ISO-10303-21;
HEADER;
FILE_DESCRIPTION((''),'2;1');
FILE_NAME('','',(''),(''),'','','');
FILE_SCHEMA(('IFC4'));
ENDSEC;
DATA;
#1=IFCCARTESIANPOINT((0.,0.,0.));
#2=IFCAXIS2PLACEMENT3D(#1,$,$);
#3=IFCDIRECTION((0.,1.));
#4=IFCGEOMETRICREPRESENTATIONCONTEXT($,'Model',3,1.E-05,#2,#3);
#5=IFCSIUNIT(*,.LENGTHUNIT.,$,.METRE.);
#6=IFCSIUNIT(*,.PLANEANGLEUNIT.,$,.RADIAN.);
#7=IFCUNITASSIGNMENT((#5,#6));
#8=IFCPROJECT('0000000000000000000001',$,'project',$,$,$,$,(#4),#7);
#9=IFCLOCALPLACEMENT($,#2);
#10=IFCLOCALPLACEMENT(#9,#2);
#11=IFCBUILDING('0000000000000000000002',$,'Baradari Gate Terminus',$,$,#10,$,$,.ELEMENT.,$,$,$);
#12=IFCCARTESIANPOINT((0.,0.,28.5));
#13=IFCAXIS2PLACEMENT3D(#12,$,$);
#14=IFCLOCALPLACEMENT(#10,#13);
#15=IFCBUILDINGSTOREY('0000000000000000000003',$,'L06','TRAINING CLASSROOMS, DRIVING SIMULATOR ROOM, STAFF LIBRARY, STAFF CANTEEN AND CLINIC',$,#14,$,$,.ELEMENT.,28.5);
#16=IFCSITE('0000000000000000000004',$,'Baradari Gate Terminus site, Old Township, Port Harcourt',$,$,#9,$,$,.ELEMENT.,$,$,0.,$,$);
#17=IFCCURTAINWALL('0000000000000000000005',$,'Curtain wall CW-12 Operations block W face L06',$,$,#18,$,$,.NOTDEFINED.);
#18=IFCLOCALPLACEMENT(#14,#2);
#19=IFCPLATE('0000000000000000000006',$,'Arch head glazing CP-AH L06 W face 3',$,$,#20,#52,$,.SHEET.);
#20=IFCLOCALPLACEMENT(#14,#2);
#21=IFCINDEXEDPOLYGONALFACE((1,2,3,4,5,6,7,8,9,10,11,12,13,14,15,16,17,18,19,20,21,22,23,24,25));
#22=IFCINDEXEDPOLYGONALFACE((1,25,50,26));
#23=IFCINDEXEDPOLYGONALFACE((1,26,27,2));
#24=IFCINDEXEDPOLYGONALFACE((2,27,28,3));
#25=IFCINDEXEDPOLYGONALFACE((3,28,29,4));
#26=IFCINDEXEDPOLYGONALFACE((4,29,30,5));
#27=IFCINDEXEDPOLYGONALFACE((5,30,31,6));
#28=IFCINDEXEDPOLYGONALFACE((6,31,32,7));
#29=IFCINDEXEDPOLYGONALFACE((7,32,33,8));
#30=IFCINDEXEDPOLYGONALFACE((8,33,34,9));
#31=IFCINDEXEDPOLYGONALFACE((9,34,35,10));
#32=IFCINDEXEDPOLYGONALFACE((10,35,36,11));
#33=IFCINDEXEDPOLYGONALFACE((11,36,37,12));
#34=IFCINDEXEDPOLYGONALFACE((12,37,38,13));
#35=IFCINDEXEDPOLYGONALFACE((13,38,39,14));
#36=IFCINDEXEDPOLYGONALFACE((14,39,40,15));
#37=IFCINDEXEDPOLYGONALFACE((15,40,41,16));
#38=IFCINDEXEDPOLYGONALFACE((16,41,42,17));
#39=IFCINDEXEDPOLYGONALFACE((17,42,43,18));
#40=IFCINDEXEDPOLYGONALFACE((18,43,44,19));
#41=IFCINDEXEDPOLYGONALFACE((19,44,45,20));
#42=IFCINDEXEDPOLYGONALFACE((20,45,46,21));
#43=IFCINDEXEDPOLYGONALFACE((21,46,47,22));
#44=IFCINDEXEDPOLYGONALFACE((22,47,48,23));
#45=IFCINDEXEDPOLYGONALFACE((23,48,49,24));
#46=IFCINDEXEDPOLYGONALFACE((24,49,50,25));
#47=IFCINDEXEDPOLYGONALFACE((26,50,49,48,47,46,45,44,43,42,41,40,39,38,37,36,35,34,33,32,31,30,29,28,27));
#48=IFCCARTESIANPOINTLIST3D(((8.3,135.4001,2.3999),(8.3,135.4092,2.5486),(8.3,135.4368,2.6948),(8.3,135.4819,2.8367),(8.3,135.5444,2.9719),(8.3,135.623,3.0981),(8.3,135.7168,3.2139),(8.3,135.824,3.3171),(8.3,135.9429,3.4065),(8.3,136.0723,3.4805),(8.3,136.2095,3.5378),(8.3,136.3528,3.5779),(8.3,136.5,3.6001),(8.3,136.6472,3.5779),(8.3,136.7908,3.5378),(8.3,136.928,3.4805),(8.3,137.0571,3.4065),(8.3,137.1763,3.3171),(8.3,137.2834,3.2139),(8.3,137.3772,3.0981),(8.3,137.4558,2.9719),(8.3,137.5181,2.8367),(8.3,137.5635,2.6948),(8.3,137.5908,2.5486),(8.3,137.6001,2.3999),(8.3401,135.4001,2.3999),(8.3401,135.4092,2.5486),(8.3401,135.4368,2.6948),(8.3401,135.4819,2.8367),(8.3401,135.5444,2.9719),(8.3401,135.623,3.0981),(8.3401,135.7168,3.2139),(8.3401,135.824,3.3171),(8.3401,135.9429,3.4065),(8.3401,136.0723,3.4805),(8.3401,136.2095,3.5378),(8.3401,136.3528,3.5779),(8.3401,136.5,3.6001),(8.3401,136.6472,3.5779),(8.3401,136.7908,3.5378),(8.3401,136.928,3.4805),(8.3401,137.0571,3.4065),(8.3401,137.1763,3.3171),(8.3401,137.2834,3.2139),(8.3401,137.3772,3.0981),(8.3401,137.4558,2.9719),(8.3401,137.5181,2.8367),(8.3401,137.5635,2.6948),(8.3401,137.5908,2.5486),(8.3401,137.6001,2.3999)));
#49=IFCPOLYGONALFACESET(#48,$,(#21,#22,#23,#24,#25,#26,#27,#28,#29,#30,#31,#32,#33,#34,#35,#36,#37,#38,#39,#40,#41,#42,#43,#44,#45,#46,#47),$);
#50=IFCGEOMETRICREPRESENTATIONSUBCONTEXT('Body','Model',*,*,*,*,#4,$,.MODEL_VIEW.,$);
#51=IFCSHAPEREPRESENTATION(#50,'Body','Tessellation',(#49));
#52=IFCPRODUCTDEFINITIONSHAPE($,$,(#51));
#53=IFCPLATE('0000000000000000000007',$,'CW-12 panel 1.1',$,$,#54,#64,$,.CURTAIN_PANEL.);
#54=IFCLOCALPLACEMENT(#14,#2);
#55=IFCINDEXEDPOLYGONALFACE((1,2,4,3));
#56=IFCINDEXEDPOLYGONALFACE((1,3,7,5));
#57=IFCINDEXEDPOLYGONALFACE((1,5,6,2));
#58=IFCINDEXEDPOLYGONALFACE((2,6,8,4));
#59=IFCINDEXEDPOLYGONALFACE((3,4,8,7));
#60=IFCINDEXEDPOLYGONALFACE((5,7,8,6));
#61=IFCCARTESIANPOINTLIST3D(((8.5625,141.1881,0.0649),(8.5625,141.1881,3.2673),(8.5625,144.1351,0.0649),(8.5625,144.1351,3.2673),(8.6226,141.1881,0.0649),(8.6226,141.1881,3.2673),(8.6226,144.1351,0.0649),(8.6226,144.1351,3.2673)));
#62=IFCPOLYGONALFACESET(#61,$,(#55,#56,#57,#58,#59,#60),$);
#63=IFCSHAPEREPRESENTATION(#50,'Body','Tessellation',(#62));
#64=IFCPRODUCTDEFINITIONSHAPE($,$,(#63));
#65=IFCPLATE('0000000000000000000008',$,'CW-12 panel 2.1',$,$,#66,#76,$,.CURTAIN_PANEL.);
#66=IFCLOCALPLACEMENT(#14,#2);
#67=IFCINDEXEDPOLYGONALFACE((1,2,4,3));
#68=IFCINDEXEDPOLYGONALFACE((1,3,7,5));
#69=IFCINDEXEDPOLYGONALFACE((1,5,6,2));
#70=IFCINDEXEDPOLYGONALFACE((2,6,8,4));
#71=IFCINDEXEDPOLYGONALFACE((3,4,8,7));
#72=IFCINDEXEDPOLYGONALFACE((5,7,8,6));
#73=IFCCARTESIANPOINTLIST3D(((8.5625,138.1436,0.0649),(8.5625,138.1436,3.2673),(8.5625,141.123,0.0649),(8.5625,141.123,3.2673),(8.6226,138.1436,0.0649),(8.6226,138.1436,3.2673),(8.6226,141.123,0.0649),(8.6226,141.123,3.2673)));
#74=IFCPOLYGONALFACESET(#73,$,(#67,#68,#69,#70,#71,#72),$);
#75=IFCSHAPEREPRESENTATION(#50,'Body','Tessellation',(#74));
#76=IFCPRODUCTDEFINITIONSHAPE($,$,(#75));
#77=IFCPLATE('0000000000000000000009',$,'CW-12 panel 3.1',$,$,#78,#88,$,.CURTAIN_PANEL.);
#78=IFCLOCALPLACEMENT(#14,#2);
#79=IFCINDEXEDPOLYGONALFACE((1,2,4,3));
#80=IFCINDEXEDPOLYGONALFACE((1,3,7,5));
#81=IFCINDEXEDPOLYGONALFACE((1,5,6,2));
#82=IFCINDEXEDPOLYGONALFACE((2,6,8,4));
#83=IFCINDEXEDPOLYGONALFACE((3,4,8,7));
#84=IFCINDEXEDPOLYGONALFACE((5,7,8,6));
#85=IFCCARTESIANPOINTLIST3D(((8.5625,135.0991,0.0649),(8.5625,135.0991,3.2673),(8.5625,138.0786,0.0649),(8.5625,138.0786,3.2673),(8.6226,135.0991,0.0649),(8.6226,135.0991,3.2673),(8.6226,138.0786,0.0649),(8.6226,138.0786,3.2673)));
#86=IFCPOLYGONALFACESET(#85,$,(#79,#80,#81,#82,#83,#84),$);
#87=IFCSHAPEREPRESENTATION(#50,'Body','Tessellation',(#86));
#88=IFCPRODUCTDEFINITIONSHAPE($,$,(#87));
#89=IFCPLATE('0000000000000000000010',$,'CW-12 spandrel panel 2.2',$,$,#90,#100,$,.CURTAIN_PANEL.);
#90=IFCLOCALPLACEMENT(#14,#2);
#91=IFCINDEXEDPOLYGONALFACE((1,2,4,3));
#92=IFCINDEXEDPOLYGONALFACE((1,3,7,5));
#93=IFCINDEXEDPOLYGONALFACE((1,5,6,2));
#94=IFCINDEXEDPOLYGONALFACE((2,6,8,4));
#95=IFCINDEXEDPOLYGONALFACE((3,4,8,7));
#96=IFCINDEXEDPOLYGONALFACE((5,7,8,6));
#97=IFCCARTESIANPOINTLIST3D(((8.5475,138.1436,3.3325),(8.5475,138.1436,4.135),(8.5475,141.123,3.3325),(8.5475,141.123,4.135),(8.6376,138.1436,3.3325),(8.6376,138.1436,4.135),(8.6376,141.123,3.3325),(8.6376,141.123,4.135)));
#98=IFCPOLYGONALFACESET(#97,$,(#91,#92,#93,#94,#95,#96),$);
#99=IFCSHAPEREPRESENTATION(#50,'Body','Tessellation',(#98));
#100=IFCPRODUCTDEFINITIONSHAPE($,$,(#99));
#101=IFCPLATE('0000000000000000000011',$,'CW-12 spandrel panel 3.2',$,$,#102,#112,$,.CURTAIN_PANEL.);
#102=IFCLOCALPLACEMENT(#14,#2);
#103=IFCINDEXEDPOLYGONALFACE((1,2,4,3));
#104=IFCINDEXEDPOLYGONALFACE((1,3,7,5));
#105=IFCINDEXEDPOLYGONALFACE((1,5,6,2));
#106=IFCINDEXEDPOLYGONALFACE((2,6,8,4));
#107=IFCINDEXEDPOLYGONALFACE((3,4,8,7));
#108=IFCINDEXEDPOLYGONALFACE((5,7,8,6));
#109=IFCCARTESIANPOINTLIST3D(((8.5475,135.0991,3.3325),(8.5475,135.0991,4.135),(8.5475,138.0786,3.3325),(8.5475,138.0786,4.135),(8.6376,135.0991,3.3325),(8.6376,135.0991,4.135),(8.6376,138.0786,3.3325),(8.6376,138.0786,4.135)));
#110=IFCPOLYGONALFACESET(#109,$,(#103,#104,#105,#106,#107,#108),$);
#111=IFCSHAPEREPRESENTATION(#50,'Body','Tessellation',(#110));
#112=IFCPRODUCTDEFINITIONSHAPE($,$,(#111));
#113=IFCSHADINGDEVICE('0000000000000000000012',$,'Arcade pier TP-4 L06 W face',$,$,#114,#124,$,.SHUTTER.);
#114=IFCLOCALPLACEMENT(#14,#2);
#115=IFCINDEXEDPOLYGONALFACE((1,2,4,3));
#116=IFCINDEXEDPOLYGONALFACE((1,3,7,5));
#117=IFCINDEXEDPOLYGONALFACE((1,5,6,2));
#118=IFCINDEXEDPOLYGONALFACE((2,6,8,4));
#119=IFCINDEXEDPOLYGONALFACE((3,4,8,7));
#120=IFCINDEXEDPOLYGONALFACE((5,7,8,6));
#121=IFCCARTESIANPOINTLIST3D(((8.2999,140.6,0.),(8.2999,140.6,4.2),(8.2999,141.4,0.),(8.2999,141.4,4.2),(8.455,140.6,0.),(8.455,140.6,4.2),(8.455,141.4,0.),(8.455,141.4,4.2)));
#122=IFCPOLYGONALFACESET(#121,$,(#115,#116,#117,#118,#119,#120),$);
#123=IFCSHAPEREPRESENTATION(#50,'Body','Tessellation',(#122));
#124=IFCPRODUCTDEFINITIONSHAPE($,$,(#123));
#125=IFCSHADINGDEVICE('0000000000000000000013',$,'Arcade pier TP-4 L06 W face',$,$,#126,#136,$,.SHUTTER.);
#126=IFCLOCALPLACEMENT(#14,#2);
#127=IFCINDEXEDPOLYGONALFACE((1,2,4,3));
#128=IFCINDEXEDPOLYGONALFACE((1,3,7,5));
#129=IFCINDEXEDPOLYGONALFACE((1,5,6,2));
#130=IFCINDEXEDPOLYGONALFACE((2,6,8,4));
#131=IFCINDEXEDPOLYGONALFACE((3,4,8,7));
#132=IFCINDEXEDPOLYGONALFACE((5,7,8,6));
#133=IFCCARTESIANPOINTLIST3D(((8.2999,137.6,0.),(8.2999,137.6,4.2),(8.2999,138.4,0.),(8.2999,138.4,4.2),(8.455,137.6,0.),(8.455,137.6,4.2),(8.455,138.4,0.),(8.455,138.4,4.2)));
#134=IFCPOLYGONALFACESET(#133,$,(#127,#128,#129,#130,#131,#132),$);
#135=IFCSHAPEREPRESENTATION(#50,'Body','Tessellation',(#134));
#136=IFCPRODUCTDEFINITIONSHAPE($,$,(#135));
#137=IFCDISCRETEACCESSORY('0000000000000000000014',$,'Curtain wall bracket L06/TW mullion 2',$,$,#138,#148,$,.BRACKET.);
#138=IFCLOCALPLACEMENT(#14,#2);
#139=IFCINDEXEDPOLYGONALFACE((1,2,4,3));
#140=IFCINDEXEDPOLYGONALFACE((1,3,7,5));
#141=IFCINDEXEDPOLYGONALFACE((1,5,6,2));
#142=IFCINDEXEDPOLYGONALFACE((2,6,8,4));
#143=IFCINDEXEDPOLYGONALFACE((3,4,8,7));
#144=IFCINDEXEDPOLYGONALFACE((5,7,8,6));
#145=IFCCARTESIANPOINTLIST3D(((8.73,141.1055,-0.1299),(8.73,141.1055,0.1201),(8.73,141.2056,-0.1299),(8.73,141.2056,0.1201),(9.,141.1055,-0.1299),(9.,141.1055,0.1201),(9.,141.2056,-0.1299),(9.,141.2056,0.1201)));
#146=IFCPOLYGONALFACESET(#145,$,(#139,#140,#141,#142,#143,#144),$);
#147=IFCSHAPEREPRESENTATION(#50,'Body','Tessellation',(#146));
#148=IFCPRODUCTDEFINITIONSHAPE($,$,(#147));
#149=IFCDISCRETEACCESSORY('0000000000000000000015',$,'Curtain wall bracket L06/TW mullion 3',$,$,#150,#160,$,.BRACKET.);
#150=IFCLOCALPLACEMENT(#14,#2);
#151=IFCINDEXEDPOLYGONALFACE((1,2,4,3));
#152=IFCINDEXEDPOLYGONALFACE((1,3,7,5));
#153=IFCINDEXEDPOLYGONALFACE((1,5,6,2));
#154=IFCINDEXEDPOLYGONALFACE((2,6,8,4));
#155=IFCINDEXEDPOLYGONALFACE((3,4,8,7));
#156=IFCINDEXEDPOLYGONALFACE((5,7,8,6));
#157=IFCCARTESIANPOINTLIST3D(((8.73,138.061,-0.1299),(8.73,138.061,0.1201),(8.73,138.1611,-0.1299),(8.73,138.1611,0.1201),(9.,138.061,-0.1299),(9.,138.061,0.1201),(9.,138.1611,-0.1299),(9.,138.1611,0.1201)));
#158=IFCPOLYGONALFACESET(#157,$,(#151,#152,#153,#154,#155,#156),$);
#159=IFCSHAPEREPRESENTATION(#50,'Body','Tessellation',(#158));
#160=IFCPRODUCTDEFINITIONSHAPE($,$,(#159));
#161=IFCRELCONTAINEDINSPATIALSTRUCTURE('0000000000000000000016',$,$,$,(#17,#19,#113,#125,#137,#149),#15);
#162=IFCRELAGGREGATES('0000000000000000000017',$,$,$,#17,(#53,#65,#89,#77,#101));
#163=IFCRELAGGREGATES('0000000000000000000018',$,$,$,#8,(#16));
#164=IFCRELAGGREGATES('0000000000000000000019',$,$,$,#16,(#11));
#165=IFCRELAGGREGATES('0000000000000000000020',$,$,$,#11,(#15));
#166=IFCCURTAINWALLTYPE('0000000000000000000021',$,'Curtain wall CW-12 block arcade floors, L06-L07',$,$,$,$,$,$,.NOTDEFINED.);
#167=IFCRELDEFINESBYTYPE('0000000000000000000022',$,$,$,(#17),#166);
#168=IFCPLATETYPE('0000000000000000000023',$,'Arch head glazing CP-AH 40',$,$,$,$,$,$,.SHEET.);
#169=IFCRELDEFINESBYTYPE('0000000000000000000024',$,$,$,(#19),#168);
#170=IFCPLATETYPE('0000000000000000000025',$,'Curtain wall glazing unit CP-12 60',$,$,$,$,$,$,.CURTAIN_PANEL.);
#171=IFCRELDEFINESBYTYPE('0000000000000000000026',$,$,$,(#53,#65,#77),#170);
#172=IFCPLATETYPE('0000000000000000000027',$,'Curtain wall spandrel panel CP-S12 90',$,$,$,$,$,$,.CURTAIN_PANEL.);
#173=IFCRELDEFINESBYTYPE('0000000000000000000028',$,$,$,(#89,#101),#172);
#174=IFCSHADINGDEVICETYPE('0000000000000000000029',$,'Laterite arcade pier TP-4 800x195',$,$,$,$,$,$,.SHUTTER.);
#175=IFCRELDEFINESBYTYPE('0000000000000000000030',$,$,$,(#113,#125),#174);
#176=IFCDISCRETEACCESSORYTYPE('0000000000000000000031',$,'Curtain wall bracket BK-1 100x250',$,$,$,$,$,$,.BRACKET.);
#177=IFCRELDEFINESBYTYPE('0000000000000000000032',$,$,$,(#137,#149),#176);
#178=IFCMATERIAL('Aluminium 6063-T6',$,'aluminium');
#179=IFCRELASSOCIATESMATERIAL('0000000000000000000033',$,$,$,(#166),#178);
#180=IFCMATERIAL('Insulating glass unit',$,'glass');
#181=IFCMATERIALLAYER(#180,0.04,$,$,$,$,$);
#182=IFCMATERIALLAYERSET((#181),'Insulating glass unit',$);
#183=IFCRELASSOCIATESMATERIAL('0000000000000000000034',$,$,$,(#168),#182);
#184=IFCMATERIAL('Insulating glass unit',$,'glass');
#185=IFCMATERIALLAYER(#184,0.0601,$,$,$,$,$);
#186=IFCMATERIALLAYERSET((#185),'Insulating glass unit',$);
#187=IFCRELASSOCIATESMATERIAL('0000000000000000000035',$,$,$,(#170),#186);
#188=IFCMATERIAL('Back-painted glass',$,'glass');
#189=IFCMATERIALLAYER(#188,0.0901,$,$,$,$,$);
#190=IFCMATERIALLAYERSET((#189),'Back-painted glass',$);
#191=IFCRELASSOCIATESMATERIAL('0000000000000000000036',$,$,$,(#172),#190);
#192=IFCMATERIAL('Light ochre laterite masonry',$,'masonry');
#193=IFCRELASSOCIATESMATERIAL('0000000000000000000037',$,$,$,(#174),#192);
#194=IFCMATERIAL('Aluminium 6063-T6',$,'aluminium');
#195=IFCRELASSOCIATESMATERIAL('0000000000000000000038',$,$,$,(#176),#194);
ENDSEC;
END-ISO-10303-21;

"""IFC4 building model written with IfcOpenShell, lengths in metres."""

from ifc_helpers import new_model, si_unit, direction, frame, origin, origin_2d, place, context, subcontext, project, spatial, polyline, rectangle, outline, extrude, material, layer, layer_set, type_object, element, aggregate, save


model = new_model("IFC4")

# Units and contexts
model_context = context("Model", 3, precision=1e-05, world=origin(), true_north=direction((0.0, 1.0)))
body_context = subcontext(model_context, "Body", "Model", "MODEL_VIEW")
ifc_project = project(units=[si_unit("LENGTHUNIT", "METRE"), si_unit("PLANEANGLEUNIT", "RADIAN")], contexts=[model_context])

# Site, building, storey
site_placement = place(None, origin())
site = spatial("IfcSite", under=ifc_project, at=site_placement, Name="Baradari Gate Terminus site, Old Township, Port Harcourt", CompositionType="ELEMENT", RefElevation=0.0)
building_placement = place(site_placement, origin())
building = spatial("IfcBuilding", under=site, at=building_placement, Name="Baradari Gate Terminus", CompositionType="ELEMENT")
storey_placement = place(building_placement, frame((0.0, 0.0, 28.5)))
storey = spatial("IfcBuildingStorey", under=building, at=storey_placement, Name="L06", Description="TRAINING CLASSROOMS, DRIVING SIMULATOR ROOM, STAFF LIBRARY, STAFF CANTEEN AND CLINIC", CompositionType="ELEMENT", Elevation=28.5)

# Curtain wall
ifc_material_1 = material(Name="Aluminium 6063-T6", Category="aluminium")
curtain_wall_type = type_object("IfcCurtainWallType", Name="Curtain wall CW-12 block arcade floors, L06-L07", PredefinedType="NOTDEFINED", material=ifc_material_1)
curtain_wall_placement = place(storey_placement, origin())
curtain_wall = element("IfcCurtainWall", 1, at=curtain_wall_placement, inside=storey, type_object=curtain_wall_type, Name="Curtain wall CW-12 Operations block W face L06", PredefinedType="NOTDEFINED")

# Plate
ifc_material_2 = material(Name="Insulating glass unit", Category="glass")
ifc_layer_1 = layer(ifc_material_2, 0.04)
ifc_layer_set_1 = layer_set([ifc_layer_1], Name="Insulating glass unit")
plate_type_1 = type_object("IfcPlateType", Name="Arch head glazing CP-AH 40", PredefinedType="SHEET", material=ifc_layer_set_1)
for number, where, z_axis, x_axis, name in (
    (2, (8.3201, 137.6001, 2.3999), (0.0, 0.0, 1.0), (0.0, -1.0, 0.0), "Arch head glazing CP-AH L06 W face 3"),
):
    element("IfcPlate", number, at=place(storey_placement, frame(where, z_axis=z_axis, x_axis=x_axis)), inside=storey, type_object=plate_type_1, Name=name, PredefinedType="SHEET", context=body_context, shape_type="SweptSolid", body=[
        extrude(outline(polyline([(0.0, 0.0), (2.2, 0.0), (2.1909, 0.1487), (2.1633, 0.2949), (2.1182, 0.4368), (2.0557, 0.572), (1.9771, 0.6982), (1.8833, 0.814), (1.7761, 0.9172), (1.6572, 1.0066), (1.5278, 1.0806), (1.3906, 1.1379), (1.2473, 1.178), (1.1001, 1.2002), (0.9529, 1.178), (0.8093, 1.1379), (0.6721, 1.0806), (0.543, 1.0066), (0.4238, 0.9172), (0.3167, 0.814), (0.2229, 0.6982), (0.1443, 0.572), (0.082, 0.4368), (0.0366, 0.2949), (0.0093, 0.1487), (0.0, 0.0)])), frame((0.0, 0.02, 0.0), z_axis=(0.0, -1.0, 0.0), x_axis=(1.0, 0.0, 0.0)), (0.0, 0.0, 1.0), 0.04),
    ])

# Plates
ifc_material_3 = material(Name="Insulating glass unit", Category="glass")
ifc_layer_2 = layer(ifc_material_3, 0.0601)
ifc_layer_set_2 = layer_set([ifc_layer_2], Name="Insulating glass unit")
plate_type_2 = type_object("IfcPlateType", Name="Curtain wall glazing unit CP-12 60", PredefinedType="CURTAIN_PANEL", material=ifc_layer_set_2)
plate_1_placement = place(storey_placement, frame((8.5925, 142.6616, 0.0649), z_axis=(0.0, 0.0, 1.0), x_axis=(0.0, -1.0, 0.0)))
plate_1 = element("IfcPlate", 3, at=plate_1_placement, type_object=plate_type_2, Name="CW-12 panel 1.1", PredefinedType="CURTAIN_PANEL", context=body_context, shape_type="SweptSolid", body=[
    extrude(rectangle(XDim=2.947, YDim=0.0601, at=origin_2d()), origin(), (0.0, 0.0, 1.0), 3.2024),
])
plate_2_placement = place(storey_placement, frame((8.5925, 139.6333, 0.0649), z_axis=(0.0, 0.0, 1.0), x_axis=(0.0, -1.0, 0.0)))
plate_2 = element("IfcPlate", 4, at=plate_2_placement, type_object=plate_type_2, Name="CW-12 panel 2.1", PredefinedType="CURTAIN_PANEL", context=body_context, shape_type="SweptSolid", body=[
    extrude(rectangle(XDim=2.9795, YDim=0.0601, at=origin_2d()), origin(), (0.0, 0.0, 1.0), 3.2024),
])
plate_3_placement = place(storey_placement, frame((8.5925, 136.5889, 0.0649), z_axis=(0.0, 0.0, 1.0), x_axis=(0.0, -1.0, 0.0)))
plate_3 = element("IfcPlate", 5, at=plate_3_placement, type_object=plate_type_2, Name="CW-12 panel 3.1", PredefinedType="CURTAIN_PANEL", context=body_context, shape_type="SweptSolid", body=[
    extrude(rectangle(XDim=2.9795, YDim=0.0601, at=origin_2d()), origin(), (0.0, 0.0, 1.0), 3.2024),
])
ifc_material_4 = material(Name="Back-painted glass", Category="glass")
ifc_layer_3 = layer(ifc_material_4, 0.0901)
ifc_layer_set_3 = layer_set([ifc_layer_3], Name="Back-painted glass")
plate_type_3 = type_object("IfcPlateType", Name="Curtain wall spandrel panel CP-S12 90", PredefinedType="CURTAIN_PANEL", material=ifc_layer_set_3)
plate_4_placement = place(storey_placement, frame((8.5925, 139.6333, 3.3325), z_axis=(0.0, 0.0, 1.0), x_axis=(0.0, -1.0, 0.0)))
plate_4 = element("IfcPlate", 6, at=plate_4_placement, type_object=plate_type_3, Name="CW-12 spandrel panel 2.2", PredefinedType="CURTAIN_PANEL", context=body_context, shape_type="SweptSolid", body=[
    extrude(rectangle(XDim=2.9795, YDim=0.0901, at=origin_2d()), origin(), (0.0, 0.0, 1.0), 0.8025),
])
plate_5_placement = place(storey_placement, frame((8.5925, 136.5889, 3.3325), z_axis=(0.0, 0.0, 1.0), x_axis=(0.0, -1.0, 0.0)))
plate_5 = element("IfcPlate", 7, at=plate_5_placement, type_object=plate_type_3, Name="CW-12 spandrel panel 3.2", PredefinedType="CURTAIN_PANEL", context=body_context, shape_type="SweptSolid", body=[
    extrude(rectangle(XDim=2.9795, YDim=0.0901, at=origin_2d()), origin(), (0.0, 0.0, 1.0), 0.8025),
])
aggregate(curtain_wall, [plate_1, plate_2, plate_4, plate_3, plate_5])

# Shading devices
ifc_material_5 = material(Name="Light ochre laterite masonry", Category="masonry")
shading_device_type = type_object("IfcShadingDeviceType", Name="Laterite arcade pier TP-4 800x195", PredefinedType="SHUTTER", material=ifc_material_5)
for number, where, z_axis, x_axis, name in (
    (8, (8.3774, 141.0, 0.0), (0.0, 0.0, 1.0), (0.0, -1.0, 0.0), "Arcade pier TP-4 L06 W face"),
    (9, (8.3774, 138.0, 0.0), (0.0, 0.0, 1.0), (0.0, -1.0, 0.0), "Arcade pier TP-4 L06 W face"),
):
    element("IfcShadingDevice", number, at=place(storey_placement, frame(where, z_axis=z_axis, x_axis=x_axis)), inside=storey, type_object=shading_device_type, Name=name, PredefinedType="SHUTTER", context=body_context, shape_type="SweptSolid", body=[
        extrude(rectangle(XDim=0.8, YDim=0.155, at=origin_2d()), origin(), (0.0, 0.0, 1.0), 4.2),
    ])

# Discrete accessories
ifc_material_6 = material(Name="Aluminium 6063-T6", Category="aluminium")
discrete_accessory_type = type_object("IfcDiscreteAccessoryType", Name="Curtain wall bracket BK-1 100x250", PredefinedType="BRACKET", material=ifc_material_6)
for number, where, z_axis, x_axis, name in (
    (10, (8.865, 141.1555, -0.1299), (0.0, 0.0, 1.0), (-1.0, 0.0, 0.0), "Curtain wall bracket L06/TW mullion 2"),
    (11, (8.865, 138.1111, -0.1299), (0.0, 0.0, 1.0), (-1.0, 0.0, 0.0), "Curtain wall bracket L06/TW mullion 3"),
):
    element("IfcDiscreteAccessory", number, at=place(storey_placement, frame(where, z_axis=z_axis, x_axis=x_axis)), inside=storey, type_object=discrete_accessory_type, Name=name, PredefinedType="BRACKET", context=body_context, shape_type="SweptSolid", body=[
        extrude(rectangle(XDim=0.27, YDim=0.1001, at=origin_2d()), origin(), (0.0, 0.0, 1.0), 0.25),
    ])

save(model, "model.ifc")
